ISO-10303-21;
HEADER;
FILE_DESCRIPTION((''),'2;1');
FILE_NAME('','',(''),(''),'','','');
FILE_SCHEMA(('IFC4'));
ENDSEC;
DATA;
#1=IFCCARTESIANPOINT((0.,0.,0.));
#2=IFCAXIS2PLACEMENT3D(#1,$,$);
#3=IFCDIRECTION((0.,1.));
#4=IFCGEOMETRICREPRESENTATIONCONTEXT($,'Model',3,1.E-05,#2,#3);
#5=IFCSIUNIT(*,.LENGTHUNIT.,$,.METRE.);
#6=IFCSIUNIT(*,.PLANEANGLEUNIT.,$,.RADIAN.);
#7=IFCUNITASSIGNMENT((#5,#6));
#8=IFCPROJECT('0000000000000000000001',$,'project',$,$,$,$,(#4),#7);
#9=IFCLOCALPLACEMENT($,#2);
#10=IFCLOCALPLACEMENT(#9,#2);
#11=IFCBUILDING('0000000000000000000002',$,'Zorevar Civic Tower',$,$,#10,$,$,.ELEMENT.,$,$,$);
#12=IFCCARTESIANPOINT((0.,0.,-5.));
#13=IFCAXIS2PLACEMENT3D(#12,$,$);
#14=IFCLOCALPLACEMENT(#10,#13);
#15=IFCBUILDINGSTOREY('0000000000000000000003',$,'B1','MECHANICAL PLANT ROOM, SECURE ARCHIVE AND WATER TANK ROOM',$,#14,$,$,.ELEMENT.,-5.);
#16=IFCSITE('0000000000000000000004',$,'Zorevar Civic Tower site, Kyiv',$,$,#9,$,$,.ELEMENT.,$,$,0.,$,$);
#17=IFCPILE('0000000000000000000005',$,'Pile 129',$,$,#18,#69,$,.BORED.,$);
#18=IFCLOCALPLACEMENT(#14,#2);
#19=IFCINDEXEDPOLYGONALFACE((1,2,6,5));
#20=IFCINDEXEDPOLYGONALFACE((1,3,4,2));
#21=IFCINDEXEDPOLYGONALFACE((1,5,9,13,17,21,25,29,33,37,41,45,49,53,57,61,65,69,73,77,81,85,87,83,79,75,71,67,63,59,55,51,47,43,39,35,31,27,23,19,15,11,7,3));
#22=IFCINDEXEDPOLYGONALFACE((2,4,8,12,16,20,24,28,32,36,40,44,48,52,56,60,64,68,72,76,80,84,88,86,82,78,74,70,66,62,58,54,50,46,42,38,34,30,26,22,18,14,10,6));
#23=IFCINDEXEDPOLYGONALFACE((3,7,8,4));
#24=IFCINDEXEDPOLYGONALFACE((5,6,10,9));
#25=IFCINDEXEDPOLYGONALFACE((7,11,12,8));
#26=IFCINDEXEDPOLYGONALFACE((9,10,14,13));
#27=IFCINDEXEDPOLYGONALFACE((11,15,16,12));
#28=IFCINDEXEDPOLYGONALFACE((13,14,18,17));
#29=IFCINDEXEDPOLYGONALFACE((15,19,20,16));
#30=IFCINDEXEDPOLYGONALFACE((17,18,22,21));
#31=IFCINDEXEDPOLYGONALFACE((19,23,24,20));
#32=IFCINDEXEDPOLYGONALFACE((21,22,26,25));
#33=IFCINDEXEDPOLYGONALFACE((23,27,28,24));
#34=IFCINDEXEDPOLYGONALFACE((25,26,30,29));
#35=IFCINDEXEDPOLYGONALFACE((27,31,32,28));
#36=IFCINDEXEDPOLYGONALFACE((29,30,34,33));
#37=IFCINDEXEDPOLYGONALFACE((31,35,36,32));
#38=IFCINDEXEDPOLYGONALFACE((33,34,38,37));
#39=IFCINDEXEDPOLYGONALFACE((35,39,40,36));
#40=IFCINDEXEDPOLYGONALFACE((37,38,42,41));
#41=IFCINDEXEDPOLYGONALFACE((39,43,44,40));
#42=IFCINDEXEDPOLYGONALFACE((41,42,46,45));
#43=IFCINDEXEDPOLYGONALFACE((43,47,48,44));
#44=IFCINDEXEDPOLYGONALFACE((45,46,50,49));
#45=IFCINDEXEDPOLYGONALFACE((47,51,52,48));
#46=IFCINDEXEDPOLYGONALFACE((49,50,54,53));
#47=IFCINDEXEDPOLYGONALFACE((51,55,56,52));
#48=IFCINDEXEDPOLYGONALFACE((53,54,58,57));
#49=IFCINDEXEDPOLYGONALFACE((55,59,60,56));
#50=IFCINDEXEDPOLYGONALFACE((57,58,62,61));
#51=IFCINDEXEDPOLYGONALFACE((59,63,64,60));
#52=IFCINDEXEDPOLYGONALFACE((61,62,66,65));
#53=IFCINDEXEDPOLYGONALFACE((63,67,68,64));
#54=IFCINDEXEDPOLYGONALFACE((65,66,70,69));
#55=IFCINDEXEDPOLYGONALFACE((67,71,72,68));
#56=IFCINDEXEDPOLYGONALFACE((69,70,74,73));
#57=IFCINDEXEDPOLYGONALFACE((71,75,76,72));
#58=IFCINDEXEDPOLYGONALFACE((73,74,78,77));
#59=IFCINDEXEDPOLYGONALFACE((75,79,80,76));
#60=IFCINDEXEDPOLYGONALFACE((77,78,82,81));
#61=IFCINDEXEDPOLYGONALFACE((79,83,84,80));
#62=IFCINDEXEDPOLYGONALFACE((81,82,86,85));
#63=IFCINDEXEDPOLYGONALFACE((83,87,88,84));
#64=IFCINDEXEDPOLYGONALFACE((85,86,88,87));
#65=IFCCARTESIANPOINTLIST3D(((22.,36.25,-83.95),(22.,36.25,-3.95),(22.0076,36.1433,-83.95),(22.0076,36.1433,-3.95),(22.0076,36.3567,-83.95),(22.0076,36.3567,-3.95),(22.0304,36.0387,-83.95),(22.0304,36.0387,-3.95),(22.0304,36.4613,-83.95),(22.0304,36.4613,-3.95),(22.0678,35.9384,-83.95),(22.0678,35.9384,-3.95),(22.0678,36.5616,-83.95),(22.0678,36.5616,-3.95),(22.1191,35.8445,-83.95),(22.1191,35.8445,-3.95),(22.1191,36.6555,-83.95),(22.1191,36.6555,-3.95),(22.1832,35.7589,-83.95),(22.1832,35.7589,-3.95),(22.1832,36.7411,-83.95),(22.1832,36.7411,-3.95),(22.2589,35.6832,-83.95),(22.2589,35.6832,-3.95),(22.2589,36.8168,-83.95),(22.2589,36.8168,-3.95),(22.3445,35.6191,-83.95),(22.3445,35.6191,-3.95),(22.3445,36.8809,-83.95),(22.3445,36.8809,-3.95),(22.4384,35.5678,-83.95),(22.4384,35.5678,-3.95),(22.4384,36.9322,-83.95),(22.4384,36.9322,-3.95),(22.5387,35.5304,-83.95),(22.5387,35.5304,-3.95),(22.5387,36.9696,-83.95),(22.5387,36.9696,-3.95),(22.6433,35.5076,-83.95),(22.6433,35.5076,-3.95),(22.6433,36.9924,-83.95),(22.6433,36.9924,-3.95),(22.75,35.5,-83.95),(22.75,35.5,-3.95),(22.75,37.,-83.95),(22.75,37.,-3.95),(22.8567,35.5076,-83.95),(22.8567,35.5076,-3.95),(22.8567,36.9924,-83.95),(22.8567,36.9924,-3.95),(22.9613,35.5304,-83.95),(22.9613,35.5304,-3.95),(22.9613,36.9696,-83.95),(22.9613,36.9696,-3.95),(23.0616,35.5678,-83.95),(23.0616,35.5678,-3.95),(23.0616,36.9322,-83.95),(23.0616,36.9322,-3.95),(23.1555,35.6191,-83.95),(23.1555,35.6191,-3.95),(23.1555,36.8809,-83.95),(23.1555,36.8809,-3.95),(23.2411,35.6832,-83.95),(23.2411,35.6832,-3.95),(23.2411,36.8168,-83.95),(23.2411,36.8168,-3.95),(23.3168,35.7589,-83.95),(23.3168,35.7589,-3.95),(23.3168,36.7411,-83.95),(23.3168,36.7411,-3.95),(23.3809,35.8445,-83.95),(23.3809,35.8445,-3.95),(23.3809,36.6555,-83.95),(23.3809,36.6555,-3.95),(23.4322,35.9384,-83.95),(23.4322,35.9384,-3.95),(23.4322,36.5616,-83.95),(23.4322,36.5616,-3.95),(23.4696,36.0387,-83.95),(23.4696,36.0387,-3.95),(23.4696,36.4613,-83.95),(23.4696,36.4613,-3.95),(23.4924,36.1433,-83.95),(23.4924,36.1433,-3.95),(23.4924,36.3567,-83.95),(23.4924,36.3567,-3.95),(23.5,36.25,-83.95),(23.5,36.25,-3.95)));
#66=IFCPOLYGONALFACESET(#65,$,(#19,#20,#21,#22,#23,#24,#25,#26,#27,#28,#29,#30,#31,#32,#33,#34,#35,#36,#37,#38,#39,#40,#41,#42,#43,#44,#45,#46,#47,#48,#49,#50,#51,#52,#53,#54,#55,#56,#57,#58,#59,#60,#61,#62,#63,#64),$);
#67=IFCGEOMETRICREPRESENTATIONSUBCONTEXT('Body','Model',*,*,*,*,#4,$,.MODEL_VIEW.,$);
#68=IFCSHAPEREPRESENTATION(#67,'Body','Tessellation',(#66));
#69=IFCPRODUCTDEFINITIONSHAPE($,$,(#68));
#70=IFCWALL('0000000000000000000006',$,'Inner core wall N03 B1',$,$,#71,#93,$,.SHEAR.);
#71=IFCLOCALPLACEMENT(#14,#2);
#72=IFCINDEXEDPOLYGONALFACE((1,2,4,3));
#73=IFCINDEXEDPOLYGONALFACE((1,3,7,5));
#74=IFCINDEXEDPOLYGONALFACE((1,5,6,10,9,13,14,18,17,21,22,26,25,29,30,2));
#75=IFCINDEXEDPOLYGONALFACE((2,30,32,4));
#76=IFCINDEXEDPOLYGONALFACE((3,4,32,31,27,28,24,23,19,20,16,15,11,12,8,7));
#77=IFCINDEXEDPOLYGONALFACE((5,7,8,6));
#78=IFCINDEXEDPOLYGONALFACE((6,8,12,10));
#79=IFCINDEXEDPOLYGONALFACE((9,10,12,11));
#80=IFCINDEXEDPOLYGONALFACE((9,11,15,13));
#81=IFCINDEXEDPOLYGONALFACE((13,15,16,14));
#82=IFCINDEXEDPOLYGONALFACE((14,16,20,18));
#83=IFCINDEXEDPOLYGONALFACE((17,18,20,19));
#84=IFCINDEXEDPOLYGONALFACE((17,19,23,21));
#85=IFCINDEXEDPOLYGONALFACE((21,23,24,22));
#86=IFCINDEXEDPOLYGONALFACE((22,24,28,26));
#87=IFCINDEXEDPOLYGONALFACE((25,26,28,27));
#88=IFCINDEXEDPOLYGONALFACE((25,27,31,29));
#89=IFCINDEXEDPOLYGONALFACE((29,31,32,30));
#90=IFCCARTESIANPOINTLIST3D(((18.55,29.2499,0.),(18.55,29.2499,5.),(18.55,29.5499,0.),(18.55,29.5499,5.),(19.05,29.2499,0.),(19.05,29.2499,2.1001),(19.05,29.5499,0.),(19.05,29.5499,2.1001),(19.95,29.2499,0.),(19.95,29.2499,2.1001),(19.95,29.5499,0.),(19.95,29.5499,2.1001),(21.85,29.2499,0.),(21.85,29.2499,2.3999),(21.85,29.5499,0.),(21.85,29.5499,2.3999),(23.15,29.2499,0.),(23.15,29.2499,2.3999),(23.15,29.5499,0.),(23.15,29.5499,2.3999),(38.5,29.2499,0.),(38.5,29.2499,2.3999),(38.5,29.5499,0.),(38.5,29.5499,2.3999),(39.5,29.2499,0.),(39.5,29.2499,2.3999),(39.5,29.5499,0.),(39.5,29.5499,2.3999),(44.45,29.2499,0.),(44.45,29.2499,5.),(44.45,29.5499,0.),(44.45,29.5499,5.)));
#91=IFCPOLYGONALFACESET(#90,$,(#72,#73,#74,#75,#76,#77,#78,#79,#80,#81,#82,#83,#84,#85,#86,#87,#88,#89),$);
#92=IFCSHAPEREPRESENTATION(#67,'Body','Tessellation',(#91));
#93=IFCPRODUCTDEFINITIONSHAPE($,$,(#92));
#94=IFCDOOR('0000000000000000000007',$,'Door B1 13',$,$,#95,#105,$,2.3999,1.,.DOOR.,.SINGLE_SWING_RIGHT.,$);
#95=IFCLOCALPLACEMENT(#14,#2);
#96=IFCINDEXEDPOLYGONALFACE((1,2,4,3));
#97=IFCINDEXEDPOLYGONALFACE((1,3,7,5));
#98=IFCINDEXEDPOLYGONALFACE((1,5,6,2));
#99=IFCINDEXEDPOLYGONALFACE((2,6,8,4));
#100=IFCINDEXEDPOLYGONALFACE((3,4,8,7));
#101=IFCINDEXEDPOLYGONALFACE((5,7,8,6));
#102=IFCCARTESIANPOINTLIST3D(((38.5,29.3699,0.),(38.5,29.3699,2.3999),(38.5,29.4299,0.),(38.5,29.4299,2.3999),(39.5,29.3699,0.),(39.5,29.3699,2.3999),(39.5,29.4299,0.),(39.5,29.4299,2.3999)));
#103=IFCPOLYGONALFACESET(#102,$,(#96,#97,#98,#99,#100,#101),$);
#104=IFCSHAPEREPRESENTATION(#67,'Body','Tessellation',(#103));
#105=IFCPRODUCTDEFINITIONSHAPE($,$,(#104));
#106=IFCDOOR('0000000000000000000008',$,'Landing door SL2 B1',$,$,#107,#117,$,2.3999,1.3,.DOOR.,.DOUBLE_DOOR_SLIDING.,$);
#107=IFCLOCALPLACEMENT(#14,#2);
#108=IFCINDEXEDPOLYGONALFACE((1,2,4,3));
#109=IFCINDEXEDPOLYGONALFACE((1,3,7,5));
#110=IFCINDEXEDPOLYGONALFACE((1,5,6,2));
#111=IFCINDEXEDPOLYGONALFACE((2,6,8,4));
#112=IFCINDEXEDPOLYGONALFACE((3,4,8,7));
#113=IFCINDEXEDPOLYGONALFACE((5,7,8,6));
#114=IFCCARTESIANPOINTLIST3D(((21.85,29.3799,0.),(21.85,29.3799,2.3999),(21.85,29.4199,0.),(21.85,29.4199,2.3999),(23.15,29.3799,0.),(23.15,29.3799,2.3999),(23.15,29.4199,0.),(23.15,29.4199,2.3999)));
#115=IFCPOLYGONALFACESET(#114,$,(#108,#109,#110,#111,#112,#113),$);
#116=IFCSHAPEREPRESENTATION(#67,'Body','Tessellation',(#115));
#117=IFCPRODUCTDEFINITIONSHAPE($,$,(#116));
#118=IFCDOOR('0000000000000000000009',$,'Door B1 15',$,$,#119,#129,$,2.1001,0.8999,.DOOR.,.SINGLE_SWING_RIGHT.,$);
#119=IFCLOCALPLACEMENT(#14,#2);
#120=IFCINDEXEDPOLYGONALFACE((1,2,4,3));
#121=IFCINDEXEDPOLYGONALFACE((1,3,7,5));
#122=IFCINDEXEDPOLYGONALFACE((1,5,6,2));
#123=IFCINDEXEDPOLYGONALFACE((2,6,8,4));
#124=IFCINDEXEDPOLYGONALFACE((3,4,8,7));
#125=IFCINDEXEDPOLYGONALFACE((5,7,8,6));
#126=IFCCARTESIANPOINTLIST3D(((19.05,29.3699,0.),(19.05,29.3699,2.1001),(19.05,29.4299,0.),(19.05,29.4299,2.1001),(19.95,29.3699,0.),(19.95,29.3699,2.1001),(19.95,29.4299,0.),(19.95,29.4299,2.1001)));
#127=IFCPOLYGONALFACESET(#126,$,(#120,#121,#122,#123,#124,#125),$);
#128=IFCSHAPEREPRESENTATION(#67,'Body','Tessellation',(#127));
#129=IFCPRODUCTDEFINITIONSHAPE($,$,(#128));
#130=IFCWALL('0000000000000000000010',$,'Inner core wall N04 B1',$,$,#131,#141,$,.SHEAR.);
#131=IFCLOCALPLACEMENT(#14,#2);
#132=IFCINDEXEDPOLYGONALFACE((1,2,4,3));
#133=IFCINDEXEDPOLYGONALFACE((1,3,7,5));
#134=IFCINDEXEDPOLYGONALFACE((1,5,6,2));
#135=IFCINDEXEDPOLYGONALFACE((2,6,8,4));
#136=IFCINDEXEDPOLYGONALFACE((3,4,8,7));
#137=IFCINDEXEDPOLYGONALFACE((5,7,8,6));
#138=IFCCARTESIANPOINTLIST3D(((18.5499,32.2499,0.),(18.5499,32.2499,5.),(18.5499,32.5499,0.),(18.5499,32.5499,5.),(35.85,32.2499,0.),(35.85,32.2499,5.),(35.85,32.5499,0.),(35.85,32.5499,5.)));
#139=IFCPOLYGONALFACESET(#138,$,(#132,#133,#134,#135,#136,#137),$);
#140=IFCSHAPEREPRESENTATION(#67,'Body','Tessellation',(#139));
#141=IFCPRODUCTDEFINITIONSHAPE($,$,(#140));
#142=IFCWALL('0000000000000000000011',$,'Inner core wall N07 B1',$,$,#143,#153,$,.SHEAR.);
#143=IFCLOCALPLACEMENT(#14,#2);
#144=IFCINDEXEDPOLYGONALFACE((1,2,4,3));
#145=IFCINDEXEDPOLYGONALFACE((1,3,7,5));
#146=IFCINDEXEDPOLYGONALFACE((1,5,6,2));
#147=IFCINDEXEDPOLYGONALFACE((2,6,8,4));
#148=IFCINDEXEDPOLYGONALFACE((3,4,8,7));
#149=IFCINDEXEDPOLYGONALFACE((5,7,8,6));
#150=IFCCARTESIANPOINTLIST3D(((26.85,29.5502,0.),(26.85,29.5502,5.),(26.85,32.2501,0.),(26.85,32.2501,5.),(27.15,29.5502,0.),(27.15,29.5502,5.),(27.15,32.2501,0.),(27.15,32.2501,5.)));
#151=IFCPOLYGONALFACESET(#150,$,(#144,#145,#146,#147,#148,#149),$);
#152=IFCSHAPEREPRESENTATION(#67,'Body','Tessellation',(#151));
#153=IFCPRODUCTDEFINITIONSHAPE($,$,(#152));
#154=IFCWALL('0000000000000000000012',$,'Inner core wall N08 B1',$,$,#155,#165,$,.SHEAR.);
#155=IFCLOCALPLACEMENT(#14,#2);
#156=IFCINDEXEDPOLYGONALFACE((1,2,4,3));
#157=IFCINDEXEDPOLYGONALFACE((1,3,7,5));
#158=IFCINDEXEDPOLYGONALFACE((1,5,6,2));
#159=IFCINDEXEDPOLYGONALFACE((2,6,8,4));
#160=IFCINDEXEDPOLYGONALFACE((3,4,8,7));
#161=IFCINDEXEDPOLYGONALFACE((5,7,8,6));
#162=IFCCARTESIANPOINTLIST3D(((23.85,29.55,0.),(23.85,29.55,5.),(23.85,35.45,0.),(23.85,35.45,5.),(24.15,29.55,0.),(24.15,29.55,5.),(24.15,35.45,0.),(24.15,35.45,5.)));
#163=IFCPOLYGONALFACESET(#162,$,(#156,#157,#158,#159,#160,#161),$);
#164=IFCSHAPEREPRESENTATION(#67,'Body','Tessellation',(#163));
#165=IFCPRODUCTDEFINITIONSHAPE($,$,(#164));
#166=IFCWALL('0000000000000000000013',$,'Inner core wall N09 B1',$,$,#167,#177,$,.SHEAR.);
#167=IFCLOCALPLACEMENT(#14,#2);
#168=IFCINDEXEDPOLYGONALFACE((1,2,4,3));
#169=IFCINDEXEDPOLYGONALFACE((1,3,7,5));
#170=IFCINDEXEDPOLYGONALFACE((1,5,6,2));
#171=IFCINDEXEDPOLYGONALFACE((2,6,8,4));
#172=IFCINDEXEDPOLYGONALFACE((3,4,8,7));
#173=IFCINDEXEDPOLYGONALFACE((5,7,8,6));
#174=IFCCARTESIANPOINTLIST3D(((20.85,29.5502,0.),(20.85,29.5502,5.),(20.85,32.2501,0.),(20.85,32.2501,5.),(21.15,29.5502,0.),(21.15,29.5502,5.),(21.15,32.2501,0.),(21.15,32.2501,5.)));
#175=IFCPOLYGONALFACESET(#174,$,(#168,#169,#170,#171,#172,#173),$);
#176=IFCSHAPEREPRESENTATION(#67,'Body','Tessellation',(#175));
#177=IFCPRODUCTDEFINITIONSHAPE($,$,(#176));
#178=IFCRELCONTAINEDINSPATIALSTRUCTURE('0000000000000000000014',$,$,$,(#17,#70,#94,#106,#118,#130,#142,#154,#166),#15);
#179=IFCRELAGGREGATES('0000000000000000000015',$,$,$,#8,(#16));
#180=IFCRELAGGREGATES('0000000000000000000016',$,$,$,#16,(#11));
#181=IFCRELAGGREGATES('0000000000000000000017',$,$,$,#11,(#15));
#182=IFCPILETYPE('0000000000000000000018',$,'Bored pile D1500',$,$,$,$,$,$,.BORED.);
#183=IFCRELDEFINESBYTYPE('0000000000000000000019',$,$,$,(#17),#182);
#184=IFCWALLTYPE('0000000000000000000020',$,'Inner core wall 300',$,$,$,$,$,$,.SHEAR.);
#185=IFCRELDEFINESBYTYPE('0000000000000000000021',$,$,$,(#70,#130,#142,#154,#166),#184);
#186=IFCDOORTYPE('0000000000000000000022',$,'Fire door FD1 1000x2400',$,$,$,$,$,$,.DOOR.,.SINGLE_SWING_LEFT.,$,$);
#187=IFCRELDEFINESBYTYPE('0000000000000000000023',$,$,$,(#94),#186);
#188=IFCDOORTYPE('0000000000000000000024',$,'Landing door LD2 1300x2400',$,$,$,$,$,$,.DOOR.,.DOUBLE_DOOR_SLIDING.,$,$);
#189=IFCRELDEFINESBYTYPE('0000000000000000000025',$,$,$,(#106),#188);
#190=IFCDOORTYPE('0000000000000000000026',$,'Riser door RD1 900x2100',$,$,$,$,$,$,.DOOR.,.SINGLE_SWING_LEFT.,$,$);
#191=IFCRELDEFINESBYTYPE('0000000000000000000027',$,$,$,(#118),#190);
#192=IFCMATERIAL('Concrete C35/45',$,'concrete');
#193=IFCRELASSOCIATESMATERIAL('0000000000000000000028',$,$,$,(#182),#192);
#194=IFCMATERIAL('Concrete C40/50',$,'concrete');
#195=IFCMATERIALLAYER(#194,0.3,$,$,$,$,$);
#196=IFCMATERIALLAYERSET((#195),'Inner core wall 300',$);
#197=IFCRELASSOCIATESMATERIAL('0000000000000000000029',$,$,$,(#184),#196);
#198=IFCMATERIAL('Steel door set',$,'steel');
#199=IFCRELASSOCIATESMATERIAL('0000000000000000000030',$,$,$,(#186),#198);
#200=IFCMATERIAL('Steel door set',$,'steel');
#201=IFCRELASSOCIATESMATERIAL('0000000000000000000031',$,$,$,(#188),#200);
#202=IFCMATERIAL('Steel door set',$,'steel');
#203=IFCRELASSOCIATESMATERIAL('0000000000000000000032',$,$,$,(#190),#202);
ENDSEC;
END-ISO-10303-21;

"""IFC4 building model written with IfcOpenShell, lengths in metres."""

from ifc_helpers import new_model, si_unit, direction, frame, frame_2d, origin, origin_2d, place, context, subcontext, project, spatial, rectangle, circle, extrude, material, layer, layer_set, type_object, element, fill, save


model = new_model("IFC4")

# Units and contexts
model_context = context("Model", 3, precision=1e-05, world=origin(), true_north=direction((0.0, 1.0)))
body_context = subcontext(model_context, "Body", "Model", "MODEL_VIEW")
ifc_project = project(units=[si_unit("LENGTHUNIT", "METRE"), si_unit("PLANEANGLEUNIT", "RADIAN")], contexts=[model_context])

# Site, building, storey
site_placement = place(None, origin())
site = spatial("IfcSite", under=ifc_project, at=site_placement, Name="Zorevar Civic Tower site, Kyiv", CompositionType="ELEMENT", RefElevation=0.0)
building_placement = place(site_placement, origin())
building = spatial("IfcBuilding", under=site, at=building_placement, Name="Zorevar Civic Tower", CompositionType="ELEMENT")
storey_placement = place(building_placement, frame((0.0, 0.0, -5.0)))
storey = spatial("IfcBuildingStorey", under=building, at=storey_placement, Name="B1", Description="MECHANICAL PLANT ROOM, SECURE ARCHIVE AND WATER TANK ROOM", CompositionType="ELEMENT", Elevation=-5.0)

# Pile
ifc_material_1 = material(Name="Concrete C35/45", Category="concrete")
pile_type = type_object("IfcPileType", Name="Bored pile D1500", PredefinedType="BORED", material=ifc_material_1)
for number, where, z_axis, x_axis, name in (
    (1, (22.75, 36.25, -3.95), (0.0, 0.0, -1.0), (1.0, 0.0, 0.0), "Pile 129"),
):
    element("IfcPile", number, at=place(storey_placement, frame(where, z_axis=z_axis, x_axis=x_axis)), inside=storey, type_object=pile_type, Name=name, PredefinedType="BORED", context=body_context, shape_type="SweptSolid", body=[
        extrude(circle(Radius=0.75, at=origin_2d()), origin(), (0.0, 0.0, 1.0), 80.0),
    ])

# Wall, openings, doors
ifc_material_2 = material(Name="Concrete C40/50", Category="concrete")
ifc_layer_1 = layer(ifc_material_2, 0.3)
ifc_layer_set_1 = layer_set([ifc_layer_1], Name="Inner core wall 300")
wall_type_1 = type_object("IfcWallType", Name="Inner core wall 300", PredefinedType="SHEAR", material=ifc_layer_set_1)
wall_1_placement = place(storey_placement, frame((18.55, 29.3999, 0.0), z_axis=(0.0, 0.0, 1.0), x_axis=(1.0, 0.0, 0.0)))
wall_1 = element("IfcWall", 2, at=wall_1_placement, inside=storey, type_object=wall_type_1, Name="Inner core wall N03 B1", PredefinedType="SHEAR", context=body_context, shape_type="SweptSolid", body=[
    extrude(rectangle(XDim=25.8999, YDim=0.3, at=frame_2d((12.95, 0.0))), origin(), (0.0, 0.0, 1.0), 5.0),
])
opening_1_placement = place(wall_1_placement, frame((19.95, 0.0, 0.0)))
opening_1 = element("IfcOpeningElement", 3, at=opening_1_placement, cuts=wall_1, PredefinedType="OPENING", context=body_context, shape_type="SweptSolid", body=[
    extrude(rectangle(XDim=1.0, YDim=2.3999, at=frame_2d((0.5, 1.2))), frame((0.0, 0.1599, 0.0), z_axis=(0.0, -1.0, 0.0), x_axis=(1.0, 0.0, 0.0)), (0.0, 0.0, 1.0), 0.3201),
])
opening_2_placement = place(wall_1_placement, frame((0.5, 0.0, 0.0)))
opening_2 = element("IfcOpeningElement", 4, at=opening_2_placement, cuts=wall_1, PredefinedType="OPENING", context=body_context, shape_type="SweptSolid", body=[
    extrude(rectangle(XDim=0.8999, YDim=2.1001, at=frame_2d((0.45, 1.05))), frame((0.0, 0.1599, 0.0), z_axis=(0.0, -1.0, 0.0), x_axis=(1.0, 0.0, 0.0)), (0.0, 0.0, 1.0), 0.3201),
])
opening_3_placement = place(wall_1_placement, frame((3.3, 0.0, 0.0)))
opening_3 = element("IfcOpeningElement", 5, at=opening_3_placement, cuts=wall_1, PredefinedType="OPENING", context=body_context, shape_type="SweptSolid", body=[
    extrude(rectangle(XDim=1.3, YDim=2.3999, at=frame_2d((0.6499, 1.2))), frame((0.0, 0.1599, 0.0), z_axis=(0.0, -1.0, 0.0), x_axis=(1.0, 0.0, 0.0)), (0.0, 0.0, 1.0), 0.3201),
])
ifc_material_3 = material(Name="Steel door set", Category="steel")
door_type_1 = type_object("IfcDoorType", Name="Fire door FD1 1000x2400", OperationType="SINGLE_SWING_LEFT", PredefinedType="DOOR", material=ifc_material_3)
door_1_placement = place(opening_1_placement, origin())
door_1 = element("IfcDoor", 6, at=door_1_placement, inside=storey, type_object=door_type_1, Name="Door B1 13", OperationType="SINGLE_SWING_RIGHT", OverallHeight=2.3999, OverallWidth=1.0, PredefinedType="DOOR", context=body_context, shape_type="SweptSolid", body=[
    extrude(rectangle(XDim=1.0, YDim=2.3999, at=frame_2d((0.5, 1.2))), frame((0.0, 0.03, 0.0), z_axis=(0.0, -1.0, 0.0), x_axis=(1.0, 0.0, 0.0)), (0.0, 0.0, 1.0), 0.0601),
])
fill(opening_1, door_1)
ifc_material_4 = material(Name="Steel door set", Category="steel")
door_type_2 = type_object("IfcDoorType", Name="Landing door LD2 1300x2400", OperationType="DOUBLE_DOOR_SLIDING", PredefinedType="DOOR", material=ifc_material_4)
door_2_placement = place(opening_3_placement, origin())
door_2 = element("IfcDoor", 7, at=door_2_placement, inside=storey, type_object=door_type_2, Name="Landing door SL2 B1", OperationType="DOUBLE_DOOR_SLIDING", OverallHeight=2.3999, OverallWidth=1.3, PredefinedType="DOOR", context=body_context, shape_type="SweptSolid", body=[
    extrude(rectangle(XDim=1.3, YDim=2.3999, at=frame_2d((0.6499, 1.2))), frame((0.0, 0.02, 0.0), z_axis=(0.0, -1.0, 0.0), x_axis=(1.0, 0.0, 0.0)), (0.0, 0.0, 1.0), 0.04),
])
fill(opening_3, door_2)
ifc_material_5 = material(Name="Steel door set", Category="steel")
door_type_3 = type_object("IfcDoorType", Name="Riser door RD1 900x2100", OperationType="SINGLE_SWING_LEFT", PredefinedType="DOOR", material=ifc_material_5)
door_3_placement = place(opening_2_placement, origin())
door_3 = element("IfcDoor", 8, at=door_3_placement, inside=storey, type_object=door_type_3, Name="Door B1 15", OperationType="SINGLE_SWING_RIGHT", OverallHeight=2.1001, OverallWidth=0.8999, PredefinedType="DOOR", context=body_context, shape_type="SweptSolid", body=[
    extrude(rectangle(XDim=0.8999, YDim=2.1001, at=frame_2d((0.45, 1.05))), frame((0.0, 0.03, 0.0), z_axis=(0.0, -1.0, 0.0), x_axis=(1.0, 0.0, 0.0)), (0.0, 0.0, 1.0), 0.0601),
])
fill(opening_2, door_3)

# Walls
wall_2_placement = place(storey_placement, frame((18.55, 32.3999, 0.0), z_axis=(0.0, 0.0, 1.0), x_axis=(1.0, 0.0, 0.0)))
element("IfcWall", 9, at=wall_2_placement, inside=storey, type_object=wall_type_1, Name="Inner core wall N04 B1", PredefinedType="SHEAR", context=body_context, shape_type="SweptSolid", body=[
    extrude(rectangle(XDim=17.3, YDim=0.3, at=frame_2d((8.6499, 0.0))), origin(), (0.0, 0.0, 1.0), 5.0),
])
wall_3_placement = place(storey_placement, frame((27.0, 29.55, 0.0), z_axis=(0.0, 0.0, 1.0), x_axis=(0.0, 1.0, 0.0)))
element("IfcWall", 10, at=wall_3_placement, inside=storey, type_object=wall_type_1, Name="Inner core wall N07 B1", PredefinedType="SHEAR", context=body_context, shape_type="SweptSolid", body=[
    extrude(rectangle(XDim=2.7, YDim=0.3, at=frame_2d((1.3501, 0.0))), origin(), (0.0, 0.0, 1.0), 5.0),
])
wall_4_placement = place(storey_placement, frame((24.0, 29.55, 0.0), z_axis=(0.0, 0.0, 1.0), x_axis=(0.0, 1.0, 0.0)))
element("IfcWall", 11, at=wall_4_placement, inside=storey, type_object=wall_type_1, Name="Inner core wall N08 B1", PredefinedType="SHEAR", context=body_context, shape_type="SweptSolid", body=[
    extrude(rectangle(XDim=5.8999, YDim=0.3, at=frame_2d((2.95, 0.0))), origin(), (0.0, 0.0, 1.0), 5.0),
])
wall_5_placement = place(storey_placement, frame((21.0, 29.55, 0.0), z_axis=(0.0, 0.0, 1.0), x_axis=(0.0, 1.0, 0.0)))
element("IfcWall", 12, at=wall_5_placement, inside=storey, type_object=wall_type_1, Name="Inner core wall N09 B1", PredefinedType="SHEAR", context=body_context, shape_type="SweptSolid", body=[
    extrude(rectangle(XDim=2.7, YDim=0.3, at=frame_2d((1.3501, 0.0))), origin(), (0.0, 0.0, 1.0), 5.0),
])

save(model, "model.ifc")
